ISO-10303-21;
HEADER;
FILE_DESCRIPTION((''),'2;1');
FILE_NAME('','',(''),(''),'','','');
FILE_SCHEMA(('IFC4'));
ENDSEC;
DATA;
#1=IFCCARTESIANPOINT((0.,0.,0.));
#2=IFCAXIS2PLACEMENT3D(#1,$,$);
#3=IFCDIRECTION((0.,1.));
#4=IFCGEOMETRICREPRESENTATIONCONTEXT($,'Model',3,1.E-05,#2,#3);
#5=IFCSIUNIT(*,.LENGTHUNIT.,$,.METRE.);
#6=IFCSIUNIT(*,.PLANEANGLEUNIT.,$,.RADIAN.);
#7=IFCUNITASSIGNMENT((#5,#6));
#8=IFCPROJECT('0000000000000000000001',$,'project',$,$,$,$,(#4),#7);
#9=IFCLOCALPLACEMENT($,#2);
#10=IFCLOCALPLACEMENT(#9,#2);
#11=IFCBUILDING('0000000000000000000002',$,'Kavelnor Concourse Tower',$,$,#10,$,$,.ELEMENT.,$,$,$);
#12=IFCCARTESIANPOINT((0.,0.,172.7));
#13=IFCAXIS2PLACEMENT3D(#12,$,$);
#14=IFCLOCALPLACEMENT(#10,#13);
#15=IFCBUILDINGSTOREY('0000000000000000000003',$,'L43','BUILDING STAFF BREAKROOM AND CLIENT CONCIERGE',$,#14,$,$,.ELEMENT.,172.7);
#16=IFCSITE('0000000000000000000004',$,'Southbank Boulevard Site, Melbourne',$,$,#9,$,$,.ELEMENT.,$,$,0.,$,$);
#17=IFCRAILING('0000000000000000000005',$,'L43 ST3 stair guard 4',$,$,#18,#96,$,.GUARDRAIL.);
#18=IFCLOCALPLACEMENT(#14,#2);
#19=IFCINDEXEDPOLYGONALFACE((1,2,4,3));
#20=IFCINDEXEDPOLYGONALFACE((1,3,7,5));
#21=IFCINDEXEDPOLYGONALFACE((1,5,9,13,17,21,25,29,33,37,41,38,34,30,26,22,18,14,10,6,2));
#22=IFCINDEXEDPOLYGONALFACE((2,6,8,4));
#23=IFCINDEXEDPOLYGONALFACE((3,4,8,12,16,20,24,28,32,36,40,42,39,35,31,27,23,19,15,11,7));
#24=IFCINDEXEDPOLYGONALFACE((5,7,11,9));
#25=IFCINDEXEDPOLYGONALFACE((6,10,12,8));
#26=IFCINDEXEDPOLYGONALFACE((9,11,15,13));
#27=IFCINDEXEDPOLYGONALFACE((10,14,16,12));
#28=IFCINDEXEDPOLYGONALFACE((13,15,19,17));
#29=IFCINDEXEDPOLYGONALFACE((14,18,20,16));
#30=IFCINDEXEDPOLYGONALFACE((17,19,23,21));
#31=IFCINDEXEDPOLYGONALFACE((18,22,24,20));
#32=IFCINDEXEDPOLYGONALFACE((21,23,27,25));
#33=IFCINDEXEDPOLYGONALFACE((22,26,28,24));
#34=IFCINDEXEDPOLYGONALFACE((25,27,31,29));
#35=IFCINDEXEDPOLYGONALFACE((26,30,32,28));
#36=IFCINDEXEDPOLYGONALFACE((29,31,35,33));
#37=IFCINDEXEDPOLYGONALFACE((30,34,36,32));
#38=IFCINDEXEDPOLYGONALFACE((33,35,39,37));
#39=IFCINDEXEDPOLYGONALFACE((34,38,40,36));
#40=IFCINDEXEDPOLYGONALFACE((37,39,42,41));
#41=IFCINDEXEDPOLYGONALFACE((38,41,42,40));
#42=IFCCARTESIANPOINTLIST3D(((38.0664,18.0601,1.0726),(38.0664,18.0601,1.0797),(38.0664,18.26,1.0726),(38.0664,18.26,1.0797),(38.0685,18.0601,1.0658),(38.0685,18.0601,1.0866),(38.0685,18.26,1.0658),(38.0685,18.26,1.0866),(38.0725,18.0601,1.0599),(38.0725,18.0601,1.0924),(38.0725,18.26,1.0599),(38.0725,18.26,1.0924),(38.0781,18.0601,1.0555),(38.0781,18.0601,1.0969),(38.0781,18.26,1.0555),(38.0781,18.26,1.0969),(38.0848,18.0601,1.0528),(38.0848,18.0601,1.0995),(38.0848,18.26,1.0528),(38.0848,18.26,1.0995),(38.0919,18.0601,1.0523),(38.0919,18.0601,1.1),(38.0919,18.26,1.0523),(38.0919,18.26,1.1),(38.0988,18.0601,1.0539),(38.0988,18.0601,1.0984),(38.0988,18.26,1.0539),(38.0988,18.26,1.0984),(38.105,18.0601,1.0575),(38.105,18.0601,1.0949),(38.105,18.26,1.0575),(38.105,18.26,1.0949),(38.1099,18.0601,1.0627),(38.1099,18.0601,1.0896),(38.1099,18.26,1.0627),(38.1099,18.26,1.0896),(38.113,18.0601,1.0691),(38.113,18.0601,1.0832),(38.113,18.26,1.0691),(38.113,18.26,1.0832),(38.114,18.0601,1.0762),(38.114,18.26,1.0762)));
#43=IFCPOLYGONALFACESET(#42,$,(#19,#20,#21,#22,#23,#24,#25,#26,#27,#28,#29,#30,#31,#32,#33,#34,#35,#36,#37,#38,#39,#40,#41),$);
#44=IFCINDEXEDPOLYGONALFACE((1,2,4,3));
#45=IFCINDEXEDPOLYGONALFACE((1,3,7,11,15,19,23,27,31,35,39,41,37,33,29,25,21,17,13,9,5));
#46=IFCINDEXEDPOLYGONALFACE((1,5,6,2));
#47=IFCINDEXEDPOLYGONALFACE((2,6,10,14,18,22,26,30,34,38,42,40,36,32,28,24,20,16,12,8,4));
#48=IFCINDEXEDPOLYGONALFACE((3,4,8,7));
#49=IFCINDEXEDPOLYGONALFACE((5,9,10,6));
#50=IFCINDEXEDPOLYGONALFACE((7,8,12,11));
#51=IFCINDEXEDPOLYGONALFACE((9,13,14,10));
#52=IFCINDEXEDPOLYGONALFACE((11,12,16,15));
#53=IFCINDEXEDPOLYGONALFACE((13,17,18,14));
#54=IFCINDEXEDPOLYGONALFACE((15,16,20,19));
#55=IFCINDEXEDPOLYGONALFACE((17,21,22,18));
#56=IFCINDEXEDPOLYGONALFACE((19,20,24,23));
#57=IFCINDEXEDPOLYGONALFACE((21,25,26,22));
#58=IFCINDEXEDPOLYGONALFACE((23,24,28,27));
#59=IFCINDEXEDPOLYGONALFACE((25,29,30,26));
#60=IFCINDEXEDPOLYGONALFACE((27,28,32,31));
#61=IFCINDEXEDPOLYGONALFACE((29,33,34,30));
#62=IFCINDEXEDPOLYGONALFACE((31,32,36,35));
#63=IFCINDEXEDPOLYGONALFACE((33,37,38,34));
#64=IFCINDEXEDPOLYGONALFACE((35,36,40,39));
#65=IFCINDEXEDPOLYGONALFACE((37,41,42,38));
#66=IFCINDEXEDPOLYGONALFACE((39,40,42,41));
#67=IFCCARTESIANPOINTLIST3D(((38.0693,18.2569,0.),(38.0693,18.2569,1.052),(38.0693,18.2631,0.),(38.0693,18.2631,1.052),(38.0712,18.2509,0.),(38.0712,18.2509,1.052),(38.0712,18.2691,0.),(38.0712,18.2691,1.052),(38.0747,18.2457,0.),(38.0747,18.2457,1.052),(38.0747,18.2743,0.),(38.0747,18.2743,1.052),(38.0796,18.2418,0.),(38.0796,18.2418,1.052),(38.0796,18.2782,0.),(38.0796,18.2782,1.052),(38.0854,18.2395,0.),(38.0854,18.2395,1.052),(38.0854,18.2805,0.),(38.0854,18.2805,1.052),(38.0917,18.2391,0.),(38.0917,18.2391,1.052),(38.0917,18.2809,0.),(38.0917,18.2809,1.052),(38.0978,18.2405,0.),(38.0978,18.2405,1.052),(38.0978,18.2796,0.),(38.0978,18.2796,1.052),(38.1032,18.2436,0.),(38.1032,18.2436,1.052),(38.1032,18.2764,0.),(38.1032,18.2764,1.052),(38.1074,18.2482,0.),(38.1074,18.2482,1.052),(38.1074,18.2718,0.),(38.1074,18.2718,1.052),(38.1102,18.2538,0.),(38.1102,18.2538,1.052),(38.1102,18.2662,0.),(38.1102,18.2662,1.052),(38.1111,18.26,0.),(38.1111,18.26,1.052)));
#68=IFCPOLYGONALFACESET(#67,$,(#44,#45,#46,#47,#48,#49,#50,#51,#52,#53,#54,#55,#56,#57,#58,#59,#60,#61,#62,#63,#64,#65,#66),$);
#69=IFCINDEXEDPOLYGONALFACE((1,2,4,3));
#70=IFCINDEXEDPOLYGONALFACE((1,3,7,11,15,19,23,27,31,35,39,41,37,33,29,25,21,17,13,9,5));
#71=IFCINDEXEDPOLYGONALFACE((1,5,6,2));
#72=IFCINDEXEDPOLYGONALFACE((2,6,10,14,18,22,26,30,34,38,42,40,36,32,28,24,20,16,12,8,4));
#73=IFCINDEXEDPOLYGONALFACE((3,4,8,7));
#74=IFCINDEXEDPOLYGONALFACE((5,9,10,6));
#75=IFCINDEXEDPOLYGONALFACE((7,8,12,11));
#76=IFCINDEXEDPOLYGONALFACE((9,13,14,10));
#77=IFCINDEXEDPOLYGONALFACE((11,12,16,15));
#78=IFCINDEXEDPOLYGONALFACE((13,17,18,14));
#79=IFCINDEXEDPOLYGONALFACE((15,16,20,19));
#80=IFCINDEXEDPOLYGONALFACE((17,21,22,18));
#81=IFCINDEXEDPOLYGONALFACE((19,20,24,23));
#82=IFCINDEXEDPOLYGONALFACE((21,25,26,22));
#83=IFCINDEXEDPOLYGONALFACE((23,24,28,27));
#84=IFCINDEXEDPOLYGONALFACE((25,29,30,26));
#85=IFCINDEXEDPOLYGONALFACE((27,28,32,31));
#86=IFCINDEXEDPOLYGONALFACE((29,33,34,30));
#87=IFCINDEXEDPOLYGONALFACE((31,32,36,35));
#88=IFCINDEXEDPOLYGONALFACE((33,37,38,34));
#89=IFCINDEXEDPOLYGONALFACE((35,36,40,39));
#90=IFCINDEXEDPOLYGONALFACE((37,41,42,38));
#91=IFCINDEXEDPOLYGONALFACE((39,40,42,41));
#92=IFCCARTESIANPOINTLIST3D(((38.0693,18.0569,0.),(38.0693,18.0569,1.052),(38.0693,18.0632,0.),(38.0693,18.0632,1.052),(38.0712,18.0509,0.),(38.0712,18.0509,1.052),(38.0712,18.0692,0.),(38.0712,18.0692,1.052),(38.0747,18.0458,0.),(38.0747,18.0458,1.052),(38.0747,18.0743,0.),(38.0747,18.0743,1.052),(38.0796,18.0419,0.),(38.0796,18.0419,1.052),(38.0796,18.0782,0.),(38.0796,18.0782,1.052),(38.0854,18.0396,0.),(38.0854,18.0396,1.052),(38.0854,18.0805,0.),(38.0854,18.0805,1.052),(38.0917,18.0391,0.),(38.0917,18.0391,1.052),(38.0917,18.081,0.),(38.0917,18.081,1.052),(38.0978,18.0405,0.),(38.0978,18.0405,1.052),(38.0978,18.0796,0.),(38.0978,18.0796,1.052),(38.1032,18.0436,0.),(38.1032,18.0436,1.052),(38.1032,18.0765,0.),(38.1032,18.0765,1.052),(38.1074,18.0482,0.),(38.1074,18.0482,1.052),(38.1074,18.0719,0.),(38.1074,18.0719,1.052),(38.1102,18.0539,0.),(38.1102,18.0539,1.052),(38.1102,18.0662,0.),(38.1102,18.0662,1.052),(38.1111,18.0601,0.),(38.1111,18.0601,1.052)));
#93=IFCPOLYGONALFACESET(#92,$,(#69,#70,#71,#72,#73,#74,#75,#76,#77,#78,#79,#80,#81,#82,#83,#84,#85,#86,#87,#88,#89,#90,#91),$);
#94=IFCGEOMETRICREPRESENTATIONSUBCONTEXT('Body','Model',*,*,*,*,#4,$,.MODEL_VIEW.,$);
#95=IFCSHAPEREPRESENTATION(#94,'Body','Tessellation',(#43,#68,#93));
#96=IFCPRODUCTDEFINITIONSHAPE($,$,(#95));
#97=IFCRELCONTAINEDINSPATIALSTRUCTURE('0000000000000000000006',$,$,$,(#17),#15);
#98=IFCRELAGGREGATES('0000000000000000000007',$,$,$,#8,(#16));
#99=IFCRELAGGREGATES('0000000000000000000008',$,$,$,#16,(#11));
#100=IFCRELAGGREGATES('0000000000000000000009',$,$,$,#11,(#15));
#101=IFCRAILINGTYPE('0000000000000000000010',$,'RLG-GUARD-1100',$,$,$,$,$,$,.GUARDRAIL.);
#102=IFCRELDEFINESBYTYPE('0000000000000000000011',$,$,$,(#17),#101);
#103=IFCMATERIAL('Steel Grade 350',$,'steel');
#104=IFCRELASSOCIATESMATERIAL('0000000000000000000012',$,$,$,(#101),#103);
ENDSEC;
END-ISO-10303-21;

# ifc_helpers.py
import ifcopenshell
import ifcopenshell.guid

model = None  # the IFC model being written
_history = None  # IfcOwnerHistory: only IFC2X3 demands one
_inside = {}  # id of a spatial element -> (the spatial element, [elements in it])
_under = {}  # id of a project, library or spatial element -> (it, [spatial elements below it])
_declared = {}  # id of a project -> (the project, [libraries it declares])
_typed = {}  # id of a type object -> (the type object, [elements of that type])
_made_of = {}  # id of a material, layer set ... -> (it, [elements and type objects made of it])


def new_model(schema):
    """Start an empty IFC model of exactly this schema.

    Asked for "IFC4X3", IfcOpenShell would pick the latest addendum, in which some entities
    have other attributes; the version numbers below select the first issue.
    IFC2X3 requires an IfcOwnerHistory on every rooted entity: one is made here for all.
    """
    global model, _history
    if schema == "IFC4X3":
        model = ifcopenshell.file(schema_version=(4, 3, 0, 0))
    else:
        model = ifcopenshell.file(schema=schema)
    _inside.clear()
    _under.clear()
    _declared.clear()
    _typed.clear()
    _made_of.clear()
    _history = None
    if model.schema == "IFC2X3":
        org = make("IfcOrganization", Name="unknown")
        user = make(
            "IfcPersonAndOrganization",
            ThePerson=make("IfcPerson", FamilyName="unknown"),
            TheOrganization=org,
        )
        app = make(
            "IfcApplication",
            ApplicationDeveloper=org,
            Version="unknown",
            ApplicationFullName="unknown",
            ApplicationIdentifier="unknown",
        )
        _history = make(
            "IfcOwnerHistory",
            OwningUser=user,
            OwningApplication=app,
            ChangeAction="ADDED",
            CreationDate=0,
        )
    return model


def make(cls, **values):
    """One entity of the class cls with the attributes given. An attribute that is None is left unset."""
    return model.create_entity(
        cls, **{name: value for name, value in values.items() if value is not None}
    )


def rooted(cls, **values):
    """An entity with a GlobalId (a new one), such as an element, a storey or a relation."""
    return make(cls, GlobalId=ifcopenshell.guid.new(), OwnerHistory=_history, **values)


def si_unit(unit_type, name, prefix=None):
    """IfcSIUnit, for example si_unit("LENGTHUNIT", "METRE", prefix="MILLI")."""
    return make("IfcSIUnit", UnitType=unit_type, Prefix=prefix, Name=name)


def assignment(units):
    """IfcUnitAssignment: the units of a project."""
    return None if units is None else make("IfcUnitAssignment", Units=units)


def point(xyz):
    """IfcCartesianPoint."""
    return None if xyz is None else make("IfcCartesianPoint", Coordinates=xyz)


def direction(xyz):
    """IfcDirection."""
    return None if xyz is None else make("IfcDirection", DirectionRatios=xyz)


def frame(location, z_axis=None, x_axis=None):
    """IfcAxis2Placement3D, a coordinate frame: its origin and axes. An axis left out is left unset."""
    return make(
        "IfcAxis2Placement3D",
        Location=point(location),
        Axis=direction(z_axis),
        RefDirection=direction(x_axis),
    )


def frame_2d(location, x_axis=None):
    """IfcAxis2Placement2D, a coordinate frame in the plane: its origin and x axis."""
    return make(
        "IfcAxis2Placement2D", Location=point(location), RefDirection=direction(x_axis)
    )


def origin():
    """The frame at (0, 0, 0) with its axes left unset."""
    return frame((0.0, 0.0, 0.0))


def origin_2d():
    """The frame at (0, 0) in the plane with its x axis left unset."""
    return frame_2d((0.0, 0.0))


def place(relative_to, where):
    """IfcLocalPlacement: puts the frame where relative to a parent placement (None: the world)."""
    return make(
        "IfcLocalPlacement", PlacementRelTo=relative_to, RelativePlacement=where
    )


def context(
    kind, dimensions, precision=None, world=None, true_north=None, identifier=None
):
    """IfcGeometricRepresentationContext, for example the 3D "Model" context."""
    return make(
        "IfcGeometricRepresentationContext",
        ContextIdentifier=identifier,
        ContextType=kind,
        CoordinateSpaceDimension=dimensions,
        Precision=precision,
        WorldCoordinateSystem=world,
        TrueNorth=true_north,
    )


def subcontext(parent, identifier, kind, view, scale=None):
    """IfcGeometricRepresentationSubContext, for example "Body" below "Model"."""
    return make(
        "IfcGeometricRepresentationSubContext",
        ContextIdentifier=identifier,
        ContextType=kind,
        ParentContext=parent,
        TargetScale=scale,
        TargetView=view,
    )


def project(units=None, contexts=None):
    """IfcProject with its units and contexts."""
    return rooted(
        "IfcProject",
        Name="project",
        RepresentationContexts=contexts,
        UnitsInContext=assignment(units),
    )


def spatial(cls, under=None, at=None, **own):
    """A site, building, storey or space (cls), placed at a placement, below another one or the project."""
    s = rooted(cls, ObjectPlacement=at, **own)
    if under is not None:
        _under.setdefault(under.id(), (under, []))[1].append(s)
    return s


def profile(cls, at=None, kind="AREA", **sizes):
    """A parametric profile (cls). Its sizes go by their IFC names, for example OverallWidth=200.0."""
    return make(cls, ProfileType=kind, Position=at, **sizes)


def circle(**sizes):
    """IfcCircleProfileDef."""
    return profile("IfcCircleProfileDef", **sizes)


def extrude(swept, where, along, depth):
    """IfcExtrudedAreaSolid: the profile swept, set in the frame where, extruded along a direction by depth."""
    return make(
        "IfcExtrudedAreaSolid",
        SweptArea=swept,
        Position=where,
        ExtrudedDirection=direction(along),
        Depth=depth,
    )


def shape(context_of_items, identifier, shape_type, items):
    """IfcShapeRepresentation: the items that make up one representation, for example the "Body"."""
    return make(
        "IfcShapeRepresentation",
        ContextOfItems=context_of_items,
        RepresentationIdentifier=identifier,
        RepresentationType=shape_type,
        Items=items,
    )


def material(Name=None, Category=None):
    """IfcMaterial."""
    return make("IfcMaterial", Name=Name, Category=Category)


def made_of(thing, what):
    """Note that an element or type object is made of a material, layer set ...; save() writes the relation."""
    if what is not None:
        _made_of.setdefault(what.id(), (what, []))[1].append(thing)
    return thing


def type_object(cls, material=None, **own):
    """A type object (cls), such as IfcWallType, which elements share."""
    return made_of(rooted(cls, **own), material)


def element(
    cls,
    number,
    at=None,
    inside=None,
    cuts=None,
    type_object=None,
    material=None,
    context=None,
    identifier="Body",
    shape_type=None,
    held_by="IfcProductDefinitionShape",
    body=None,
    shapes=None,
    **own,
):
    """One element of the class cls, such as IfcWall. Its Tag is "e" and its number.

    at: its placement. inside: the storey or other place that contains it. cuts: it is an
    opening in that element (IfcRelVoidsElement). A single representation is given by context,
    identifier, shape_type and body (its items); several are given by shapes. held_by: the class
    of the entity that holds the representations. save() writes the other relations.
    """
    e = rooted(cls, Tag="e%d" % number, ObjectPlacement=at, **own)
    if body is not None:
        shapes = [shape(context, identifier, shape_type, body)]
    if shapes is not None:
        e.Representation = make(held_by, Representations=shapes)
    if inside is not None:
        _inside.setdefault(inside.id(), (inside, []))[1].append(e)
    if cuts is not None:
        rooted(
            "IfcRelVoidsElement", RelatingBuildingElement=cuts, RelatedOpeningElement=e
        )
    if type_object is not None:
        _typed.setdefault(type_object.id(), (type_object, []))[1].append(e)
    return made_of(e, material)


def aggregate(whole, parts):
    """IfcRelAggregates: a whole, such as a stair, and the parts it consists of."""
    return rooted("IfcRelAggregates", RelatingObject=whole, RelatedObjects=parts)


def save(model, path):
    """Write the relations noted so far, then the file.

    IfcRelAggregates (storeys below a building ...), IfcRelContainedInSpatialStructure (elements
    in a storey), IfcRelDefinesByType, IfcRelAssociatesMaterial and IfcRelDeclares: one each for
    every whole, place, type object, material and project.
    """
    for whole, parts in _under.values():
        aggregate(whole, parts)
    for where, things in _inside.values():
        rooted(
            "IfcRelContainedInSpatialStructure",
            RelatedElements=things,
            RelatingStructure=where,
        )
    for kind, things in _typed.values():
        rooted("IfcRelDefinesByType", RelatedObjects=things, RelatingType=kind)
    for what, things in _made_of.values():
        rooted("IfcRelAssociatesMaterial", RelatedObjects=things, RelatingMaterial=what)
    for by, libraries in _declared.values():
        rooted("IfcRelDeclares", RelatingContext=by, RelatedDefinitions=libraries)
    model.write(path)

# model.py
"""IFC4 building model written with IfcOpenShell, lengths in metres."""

from ifc_helpers import new_model, si_unit, direction, frame, origin, origin_2d, place, context, subcontext, project, spatial, circle, extrude, material, type_object, element, save


model = new_model("IFC4")

# Units and contexts
model_context = context("Model", 3, precision=1e-05, world=origin(), true_north=direction((0.0, 1.0)))
body_context = subcontext(model_context, "Body", "Model", "MODEL_VIEW")
ifc_project = project(units=[si_unit("LENGTHUNIT", "METRE"), si_unit("PLANEANGLEUNIT", "RADIAN")], contexts=[model_context])

# Site, building, storey
site_placement = place(None, origin())
site = spatial("IfcSite", under=ifc_project, at=site_placement, Name="Southbank Boulevard Site, Melbourne", CompositionType="ELEMENT", RefElevation=0.0)
building_placement = place(site_placement, origin())
building = spatial("IfcBuilding", under=site, at=building_placement, Name="Kavelnor Concourse Tower", CompositionType="ELEMENT")
storey_placement = place(building_placement, frame((0.0, 0.0, 172.7)))
storey = spatial("IfcBuildingStorey", under=building, at=storey_placement, Name="L43", Description="BUILDING STAFF BREAKROOM AND CLIENT CONCIERGE", CompositionType="ELEMENT", Elevation=172.7)

# Shared definitions
ifc_material_1 = material(Name="Steel Grade 350", Category="steel")

# Railing
railing_type_1 = type_object("IfcRailingType", Name="RLG-GUARD-1100", PredefinedType="GUARDRAIL", material=ifc_material_1)
railing_1_placement = place(storey_placement, frame((38.0901, 18.26, 0.0)))
element("IfcRailing", 1, at=railing_1_placement, inside=storey, type_object=railing_type_1, Name="L43 ST3 stair guard 4", PredefinedType="GUARDRAIL", context=body_context, shape_type="SweptSolid", body=[
    extrude(circle(Radius=0.0239, at=origin_2d()), frame((0.0, 0.0, 1.0762), z_axis=(0.0, -1.0, 0.0), x_axis=(1.0, 0.0, 0.0)), (0.0, 0.0, 1.0), 0.2),
    extrude(circle(Radius=0.021, at=origin_2d()), origin(), (0.0, 0.0, 1.0), 1.052),
    extrude(circle(Radius=0.021, at=origin_2d()), frame((0.0, -0.2, 0.0)), (0.0, 0.0, 1.0), 1.052),
])

save(model, "model.ifc")
